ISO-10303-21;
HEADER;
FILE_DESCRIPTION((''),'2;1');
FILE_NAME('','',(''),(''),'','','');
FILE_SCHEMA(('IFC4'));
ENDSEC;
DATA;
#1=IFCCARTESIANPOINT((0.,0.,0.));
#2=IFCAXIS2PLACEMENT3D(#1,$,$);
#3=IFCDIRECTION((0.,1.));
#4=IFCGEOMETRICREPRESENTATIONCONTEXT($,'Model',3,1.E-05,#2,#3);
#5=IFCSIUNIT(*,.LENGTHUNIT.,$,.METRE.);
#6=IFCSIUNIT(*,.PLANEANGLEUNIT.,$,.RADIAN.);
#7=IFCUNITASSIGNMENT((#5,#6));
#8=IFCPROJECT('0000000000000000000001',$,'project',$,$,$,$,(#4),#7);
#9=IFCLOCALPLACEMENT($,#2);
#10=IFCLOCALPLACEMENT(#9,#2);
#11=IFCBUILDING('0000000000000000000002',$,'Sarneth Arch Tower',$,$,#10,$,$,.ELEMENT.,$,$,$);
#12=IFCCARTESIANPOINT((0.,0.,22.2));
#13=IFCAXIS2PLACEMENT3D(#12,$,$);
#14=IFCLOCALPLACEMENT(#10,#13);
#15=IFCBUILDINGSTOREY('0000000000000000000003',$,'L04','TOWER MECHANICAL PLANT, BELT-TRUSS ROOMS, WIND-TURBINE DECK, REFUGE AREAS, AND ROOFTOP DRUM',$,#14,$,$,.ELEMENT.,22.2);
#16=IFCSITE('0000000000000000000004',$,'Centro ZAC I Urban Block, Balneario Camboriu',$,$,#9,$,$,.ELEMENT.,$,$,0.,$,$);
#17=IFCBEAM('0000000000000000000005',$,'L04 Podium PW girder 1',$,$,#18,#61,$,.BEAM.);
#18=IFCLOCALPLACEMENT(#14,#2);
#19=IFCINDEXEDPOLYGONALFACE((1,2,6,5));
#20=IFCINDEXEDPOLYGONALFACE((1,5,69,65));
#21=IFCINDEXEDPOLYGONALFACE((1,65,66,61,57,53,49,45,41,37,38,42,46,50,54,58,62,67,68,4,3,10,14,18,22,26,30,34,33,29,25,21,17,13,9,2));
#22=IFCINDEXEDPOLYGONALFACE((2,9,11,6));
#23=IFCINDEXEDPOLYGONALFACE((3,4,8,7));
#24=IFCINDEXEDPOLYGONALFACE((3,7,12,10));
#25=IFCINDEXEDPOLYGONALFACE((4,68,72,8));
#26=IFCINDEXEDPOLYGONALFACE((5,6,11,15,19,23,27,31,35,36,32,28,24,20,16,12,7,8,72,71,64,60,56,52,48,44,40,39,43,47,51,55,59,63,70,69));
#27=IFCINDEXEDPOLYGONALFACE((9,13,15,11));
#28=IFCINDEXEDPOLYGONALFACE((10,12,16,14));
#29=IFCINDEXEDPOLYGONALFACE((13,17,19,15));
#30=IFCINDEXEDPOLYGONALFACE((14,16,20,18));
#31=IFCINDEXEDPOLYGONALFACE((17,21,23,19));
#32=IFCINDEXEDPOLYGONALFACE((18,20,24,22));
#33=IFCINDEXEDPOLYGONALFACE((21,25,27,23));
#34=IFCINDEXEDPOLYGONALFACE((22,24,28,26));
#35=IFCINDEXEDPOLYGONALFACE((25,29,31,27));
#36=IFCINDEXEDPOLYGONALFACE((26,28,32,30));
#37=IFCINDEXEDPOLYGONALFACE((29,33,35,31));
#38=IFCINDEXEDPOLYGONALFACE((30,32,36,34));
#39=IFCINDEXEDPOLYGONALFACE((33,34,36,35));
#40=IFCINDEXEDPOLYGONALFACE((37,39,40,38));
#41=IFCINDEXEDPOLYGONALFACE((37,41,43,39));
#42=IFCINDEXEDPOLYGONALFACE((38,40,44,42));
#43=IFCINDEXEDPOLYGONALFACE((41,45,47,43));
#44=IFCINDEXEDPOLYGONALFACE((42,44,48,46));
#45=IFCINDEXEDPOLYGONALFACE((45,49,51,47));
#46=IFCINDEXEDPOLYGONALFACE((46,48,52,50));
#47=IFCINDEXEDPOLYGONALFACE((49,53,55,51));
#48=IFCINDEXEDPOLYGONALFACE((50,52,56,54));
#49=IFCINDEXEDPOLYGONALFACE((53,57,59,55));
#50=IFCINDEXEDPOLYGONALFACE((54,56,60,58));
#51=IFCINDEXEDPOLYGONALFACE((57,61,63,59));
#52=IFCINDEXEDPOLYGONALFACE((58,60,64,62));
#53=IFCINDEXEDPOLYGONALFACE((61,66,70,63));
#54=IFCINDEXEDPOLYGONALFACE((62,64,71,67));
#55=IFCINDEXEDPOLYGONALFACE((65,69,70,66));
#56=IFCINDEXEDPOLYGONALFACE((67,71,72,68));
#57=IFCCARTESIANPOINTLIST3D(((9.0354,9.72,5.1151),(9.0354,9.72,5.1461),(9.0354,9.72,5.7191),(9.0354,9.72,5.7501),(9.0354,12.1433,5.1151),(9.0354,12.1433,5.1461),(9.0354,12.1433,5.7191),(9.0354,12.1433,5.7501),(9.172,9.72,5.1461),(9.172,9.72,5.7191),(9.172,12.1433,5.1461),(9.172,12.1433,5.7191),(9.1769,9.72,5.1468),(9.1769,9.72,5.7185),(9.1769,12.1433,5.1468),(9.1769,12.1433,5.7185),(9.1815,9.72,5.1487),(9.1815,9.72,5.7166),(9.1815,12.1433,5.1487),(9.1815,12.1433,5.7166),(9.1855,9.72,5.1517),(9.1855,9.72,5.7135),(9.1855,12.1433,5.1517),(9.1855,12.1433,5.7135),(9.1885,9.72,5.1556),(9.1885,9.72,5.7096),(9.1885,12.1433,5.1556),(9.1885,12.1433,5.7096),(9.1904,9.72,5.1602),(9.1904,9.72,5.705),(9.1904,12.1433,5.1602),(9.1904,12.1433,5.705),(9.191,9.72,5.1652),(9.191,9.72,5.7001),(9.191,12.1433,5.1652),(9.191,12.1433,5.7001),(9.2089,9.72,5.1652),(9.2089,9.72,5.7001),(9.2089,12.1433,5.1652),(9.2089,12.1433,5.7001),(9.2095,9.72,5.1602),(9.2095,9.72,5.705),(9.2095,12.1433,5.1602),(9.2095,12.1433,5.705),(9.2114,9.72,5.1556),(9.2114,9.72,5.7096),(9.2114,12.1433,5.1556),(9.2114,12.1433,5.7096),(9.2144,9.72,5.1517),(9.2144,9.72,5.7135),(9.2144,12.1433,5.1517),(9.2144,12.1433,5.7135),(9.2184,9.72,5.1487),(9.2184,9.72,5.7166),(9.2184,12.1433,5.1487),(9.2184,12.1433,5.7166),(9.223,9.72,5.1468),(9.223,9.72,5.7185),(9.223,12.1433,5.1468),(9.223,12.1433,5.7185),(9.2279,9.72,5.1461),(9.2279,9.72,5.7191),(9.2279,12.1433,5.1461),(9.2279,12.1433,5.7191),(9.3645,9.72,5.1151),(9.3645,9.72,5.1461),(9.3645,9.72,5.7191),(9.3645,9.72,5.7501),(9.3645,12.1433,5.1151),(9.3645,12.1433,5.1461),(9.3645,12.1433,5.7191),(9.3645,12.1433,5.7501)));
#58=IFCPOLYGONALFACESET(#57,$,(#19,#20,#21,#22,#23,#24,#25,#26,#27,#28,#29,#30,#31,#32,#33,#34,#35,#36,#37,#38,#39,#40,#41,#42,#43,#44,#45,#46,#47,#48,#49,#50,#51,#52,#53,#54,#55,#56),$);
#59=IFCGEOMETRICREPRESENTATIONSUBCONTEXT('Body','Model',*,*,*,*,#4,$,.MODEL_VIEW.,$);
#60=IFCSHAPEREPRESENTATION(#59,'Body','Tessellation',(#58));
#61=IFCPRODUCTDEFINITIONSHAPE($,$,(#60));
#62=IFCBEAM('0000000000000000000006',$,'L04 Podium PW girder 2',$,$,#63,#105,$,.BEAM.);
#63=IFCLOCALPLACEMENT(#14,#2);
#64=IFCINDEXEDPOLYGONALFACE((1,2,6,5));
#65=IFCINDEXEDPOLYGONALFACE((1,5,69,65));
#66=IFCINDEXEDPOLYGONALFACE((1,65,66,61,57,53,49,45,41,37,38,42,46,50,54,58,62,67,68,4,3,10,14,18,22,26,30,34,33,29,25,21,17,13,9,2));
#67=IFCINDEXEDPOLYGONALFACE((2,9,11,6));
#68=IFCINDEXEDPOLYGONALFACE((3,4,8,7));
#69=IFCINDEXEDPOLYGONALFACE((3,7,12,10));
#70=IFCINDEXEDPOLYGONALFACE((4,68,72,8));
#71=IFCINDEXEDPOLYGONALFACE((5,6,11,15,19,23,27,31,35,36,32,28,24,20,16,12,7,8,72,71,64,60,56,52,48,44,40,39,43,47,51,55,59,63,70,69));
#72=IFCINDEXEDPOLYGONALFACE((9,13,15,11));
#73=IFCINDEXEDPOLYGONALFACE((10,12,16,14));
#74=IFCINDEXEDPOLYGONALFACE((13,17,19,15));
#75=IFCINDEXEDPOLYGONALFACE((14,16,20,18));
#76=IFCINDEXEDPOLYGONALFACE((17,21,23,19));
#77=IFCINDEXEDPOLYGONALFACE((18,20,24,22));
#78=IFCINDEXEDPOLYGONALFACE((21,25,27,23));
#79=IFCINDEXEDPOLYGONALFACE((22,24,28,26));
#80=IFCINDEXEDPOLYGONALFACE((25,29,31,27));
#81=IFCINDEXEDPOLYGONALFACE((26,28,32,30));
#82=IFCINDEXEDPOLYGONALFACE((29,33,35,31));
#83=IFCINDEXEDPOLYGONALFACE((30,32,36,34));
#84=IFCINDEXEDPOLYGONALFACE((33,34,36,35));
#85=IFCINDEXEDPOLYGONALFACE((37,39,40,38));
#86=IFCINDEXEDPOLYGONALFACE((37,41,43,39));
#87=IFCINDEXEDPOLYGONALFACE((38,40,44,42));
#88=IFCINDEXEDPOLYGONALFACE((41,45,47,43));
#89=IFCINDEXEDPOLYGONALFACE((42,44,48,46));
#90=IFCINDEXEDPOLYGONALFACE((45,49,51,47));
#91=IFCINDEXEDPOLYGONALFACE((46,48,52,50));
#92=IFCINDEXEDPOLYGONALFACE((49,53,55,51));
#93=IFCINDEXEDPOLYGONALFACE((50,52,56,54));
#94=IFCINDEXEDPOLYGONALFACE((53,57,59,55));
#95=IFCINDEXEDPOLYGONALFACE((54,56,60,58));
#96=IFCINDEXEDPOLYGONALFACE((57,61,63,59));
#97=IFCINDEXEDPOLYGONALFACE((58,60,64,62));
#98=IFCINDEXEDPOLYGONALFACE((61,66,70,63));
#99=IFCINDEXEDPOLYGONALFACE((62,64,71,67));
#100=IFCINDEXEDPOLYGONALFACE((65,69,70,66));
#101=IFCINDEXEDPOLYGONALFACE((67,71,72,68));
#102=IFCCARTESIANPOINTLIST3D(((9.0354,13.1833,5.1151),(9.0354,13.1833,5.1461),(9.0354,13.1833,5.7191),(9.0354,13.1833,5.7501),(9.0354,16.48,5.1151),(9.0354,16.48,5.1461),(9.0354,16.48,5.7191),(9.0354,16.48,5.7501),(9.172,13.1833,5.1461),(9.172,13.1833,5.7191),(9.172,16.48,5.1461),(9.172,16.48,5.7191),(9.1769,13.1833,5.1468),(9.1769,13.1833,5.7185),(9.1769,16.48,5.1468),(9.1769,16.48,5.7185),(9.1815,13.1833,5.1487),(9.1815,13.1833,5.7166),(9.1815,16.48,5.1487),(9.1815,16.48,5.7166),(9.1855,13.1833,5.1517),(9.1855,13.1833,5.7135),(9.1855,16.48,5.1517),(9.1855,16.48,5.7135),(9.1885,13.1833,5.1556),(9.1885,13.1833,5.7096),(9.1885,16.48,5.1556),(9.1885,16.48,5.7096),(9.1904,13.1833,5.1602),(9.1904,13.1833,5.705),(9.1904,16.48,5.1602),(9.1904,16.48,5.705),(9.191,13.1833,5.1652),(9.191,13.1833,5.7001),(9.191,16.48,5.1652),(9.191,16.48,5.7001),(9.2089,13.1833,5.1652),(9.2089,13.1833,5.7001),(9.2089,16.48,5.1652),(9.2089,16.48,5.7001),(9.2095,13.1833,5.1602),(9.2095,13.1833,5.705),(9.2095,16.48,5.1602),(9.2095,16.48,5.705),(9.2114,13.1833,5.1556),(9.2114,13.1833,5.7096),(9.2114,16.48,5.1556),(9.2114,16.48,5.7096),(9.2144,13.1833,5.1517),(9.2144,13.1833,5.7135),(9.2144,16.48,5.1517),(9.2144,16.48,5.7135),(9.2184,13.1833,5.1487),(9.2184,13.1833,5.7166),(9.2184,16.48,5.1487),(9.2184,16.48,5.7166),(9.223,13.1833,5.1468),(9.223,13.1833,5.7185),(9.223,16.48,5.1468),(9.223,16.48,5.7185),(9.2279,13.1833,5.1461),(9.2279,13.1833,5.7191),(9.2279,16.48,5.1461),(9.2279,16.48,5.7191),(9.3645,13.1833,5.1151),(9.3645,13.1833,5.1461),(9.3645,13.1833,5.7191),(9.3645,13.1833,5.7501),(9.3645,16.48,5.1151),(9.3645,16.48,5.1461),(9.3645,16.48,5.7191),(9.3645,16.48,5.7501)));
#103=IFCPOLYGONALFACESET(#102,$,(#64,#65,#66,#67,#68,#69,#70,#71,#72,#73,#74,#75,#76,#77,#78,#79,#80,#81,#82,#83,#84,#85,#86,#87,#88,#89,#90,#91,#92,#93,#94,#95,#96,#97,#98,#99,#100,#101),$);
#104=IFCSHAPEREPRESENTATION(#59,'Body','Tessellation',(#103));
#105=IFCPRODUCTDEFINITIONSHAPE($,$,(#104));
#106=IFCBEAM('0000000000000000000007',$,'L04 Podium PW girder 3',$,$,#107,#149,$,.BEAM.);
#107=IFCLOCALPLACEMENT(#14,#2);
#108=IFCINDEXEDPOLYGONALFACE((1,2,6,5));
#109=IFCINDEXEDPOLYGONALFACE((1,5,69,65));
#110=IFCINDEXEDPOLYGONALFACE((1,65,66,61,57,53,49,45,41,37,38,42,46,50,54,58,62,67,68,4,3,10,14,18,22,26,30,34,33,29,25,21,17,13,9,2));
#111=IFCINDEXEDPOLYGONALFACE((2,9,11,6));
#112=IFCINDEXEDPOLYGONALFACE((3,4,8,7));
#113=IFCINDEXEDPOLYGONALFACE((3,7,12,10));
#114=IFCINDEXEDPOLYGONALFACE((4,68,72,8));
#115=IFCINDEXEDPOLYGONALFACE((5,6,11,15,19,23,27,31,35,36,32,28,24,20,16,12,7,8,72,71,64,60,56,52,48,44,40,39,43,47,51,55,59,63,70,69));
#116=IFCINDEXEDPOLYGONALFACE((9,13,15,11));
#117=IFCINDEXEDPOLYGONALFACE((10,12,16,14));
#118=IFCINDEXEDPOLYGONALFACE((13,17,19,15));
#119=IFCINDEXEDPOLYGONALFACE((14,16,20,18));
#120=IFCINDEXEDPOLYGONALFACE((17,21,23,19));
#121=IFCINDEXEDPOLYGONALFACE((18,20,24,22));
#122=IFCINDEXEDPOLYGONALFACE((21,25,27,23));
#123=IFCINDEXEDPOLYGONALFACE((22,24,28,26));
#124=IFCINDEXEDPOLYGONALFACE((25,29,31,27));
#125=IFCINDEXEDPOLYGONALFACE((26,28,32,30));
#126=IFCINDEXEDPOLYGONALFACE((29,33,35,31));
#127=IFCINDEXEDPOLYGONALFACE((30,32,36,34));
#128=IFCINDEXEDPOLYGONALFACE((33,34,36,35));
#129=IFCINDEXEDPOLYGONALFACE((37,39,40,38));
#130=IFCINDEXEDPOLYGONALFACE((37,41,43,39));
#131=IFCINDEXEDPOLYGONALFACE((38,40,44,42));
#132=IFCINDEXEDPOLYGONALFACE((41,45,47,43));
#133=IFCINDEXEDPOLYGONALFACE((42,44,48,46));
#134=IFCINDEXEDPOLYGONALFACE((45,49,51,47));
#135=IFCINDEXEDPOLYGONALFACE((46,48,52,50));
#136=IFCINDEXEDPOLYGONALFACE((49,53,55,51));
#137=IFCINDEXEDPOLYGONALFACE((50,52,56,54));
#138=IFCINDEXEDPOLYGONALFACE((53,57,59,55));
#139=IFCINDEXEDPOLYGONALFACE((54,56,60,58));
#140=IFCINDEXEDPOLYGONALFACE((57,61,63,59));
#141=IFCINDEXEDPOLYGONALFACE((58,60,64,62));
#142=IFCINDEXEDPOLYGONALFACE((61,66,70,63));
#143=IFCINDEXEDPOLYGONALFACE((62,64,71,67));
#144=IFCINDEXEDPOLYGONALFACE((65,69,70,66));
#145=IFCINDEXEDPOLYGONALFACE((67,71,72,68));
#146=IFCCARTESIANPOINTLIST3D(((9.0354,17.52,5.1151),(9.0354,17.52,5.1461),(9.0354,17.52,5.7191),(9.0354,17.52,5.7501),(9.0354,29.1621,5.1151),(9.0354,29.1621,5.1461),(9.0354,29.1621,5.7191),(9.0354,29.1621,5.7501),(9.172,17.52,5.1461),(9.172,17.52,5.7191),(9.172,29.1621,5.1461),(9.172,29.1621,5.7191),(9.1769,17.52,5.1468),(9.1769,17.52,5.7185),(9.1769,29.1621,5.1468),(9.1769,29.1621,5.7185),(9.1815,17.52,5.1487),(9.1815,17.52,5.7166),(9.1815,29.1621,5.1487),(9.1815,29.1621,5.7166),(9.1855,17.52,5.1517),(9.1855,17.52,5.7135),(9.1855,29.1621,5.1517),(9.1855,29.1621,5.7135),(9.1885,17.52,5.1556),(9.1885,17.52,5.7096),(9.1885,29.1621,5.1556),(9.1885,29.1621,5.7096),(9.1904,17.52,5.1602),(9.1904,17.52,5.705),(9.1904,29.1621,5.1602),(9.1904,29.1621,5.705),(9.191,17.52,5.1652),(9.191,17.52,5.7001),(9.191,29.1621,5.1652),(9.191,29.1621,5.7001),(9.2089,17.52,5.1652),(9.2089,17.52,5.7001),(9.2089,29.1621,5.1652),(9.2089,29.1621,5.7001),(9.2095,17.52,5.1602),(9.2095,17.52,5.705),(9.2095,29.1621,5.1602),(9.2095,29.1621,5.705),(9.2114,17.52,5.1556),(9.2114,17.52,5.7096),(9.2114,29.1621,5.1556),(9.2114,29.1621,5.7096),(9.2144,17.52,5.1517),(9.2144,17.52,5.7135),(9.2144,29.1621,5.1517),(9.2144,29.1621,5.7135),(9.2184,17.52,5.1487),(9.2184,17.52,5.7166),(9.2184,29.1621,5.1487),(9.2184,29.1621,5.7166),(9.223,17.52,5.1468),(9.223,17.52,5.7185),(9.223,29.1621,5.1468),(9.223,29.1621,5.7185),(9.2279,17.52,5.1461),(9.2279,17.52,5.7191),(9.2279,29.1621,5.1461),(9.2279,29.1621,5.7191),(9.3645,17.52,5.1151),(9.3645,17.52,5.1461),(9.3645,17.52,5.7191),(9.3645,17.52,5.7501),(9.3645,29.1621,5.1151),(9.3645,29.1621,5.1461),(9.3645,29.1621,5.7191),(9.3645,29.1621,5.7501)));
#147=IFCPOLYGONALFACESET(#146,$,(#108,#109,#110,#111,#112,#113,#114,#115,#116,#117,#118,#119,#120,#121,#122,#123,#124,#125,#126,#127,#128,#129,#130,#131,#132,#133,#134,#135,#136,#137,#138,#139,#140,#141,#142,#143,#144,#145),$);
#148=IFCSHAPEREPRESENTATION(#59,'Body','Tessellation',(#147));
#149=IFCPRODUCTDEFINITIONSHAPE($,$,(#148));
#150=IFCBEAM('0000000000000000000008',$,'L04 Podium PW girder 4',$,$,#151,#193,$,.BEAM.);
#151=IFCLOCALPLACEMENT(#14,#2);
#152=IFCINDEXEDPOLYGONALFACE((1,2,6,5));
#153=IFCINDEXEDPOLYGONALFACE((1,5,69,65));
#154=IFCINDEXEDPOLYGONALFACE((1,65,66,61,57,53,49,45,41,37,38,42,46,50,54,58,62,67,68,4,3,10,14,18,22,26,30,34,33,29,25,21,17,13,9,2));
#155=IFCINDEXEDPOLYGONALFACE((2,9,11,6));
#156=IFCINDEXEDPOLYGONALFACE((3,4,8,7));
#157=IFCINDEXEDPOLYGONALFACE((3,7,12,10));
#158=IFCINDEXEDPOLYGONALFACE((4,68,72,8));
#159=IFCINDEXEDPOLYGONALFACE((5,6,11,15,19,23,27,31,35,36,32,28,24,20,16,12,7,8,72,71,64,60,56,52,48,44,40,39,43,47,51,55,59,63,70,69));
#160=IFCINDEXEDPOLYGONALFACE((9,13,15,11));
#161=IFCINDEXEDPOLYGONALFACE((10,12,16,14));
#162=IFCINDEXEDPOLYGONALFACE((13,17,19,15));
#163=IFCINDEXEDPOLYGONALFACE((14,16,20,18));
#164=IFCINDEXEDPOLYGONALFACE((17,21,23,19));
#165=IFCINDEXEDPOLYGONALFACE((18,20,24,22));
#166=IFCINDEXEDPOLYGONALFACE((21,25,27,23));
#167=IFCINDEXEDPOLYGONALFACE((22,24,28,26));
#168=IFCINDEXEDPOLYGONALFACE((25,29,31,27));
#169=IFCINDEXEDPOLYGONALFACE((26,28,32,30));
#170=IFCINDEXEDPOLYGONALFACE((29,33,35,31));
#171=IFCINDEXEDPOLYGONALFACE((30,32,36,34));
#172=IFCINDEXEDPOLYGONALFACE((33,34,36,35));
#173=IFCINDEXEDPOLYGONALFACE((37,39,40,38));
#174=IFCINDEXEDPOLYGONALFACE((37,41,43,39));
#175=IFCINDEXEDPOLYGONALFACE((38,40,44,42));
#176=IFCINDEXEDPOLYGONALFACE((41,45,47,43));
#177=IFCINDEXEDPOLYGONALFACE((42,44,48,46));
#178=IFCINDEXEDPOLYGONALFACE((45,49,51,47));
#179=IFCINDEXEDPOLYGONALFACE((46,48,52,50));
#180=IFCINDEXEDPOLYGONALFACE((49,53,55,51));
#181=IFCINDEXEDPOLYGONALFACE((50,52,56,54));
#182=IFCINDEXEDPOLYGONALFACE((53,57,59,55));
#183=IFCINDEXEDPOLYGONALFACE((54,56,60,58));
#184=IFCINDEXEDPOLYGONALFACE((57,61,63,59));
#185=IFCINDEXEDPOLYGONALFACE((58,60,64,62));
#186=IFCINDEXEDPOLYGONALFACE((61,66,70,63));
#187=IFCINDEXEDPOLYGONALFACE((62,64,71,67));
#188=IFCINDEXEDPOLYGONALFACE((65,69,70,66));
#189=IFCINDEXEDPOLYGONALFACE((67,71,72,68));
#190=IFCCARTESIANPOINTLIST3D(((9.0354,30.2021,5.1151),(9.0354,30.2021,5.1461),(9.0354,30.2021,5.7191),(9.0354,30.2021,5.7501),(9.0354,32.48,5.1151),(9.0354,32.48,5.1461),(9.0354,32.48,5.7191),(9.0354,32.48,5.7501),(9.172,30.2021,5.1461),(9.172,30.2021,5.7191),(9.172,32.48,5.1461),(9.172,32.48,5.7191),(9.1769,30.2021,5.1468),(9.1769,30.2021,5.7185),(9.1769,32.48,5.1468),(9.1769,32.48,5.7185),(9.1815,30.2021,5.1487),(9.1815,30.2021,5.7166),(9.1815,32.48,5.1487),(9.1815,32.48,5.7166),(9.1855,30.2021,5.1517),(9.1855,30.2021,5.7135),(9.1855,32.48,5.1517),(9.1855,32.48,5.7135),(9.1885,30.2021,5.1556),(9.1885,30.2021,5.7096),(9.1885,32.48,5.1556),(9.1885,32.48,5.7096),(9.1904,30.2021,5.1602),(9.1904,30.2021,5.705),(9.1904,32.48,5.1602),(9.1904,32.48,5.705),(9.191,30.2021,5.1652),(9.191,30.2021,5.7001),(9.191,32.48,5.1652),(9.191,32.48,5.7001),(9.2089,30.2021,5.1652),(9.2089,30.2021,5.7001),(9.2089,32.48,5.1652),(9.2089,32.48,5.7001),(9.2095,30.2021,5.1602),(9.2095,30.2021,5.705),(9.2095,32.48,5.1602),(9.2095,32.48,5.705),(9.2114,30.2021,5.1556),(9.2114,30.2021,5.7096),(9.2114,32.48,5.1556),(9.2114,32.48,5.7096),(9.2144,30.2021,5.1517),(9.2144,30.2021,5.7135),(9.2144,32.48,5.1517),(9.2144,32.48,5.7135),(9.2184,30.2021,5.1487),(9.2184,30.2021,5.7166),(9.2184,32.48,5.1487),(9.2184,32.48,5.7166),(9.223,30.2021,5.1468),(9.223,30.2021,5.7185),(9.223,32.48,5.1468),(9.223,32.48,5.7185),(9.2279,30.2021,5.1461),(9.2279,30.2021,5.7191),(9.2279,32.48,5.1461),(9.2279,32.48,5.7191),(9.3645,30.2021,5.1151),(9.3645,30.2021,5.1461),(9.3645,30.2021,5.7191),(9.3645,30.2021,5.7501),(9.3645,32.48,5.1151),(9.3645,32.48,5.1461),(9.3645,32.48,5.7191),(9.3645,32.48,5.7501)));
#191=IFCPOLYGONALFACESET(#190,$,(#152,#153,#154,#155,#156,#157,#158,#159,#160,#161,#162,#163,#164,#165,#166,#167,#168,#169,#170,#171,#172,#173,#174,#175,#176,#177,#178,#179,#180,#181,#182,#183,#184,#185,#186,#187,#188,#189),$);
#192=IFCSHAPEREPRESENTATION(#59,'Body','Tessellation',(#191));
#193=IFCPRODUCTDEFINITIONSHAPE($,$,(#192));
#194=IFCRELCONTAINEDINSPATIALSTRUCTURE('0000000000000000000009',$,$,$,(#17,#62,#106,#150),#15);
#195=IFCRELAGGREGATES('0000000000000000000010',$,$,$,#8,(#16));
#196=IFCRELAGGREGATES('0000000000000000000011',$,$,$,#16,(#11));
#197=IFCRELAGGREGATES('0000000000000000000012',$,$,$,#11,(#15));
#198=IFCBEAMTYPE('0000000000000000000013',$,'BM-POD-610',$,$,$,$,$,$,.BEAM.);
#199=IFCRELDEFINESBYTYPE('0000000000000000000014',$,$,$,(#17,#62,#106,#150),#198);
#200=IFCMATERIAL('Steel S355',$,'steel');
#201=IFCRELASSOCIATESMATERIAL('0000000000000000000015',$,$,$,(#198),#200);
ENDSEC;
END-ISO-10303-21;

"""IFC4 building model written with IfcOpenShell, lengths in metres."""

from ifc_helpers import new_model, si_unit, direction, frame, origin, origin_2d, place, context, subcontext, project, spatial, i_section, extrude, material, material_profile, profile_set, type_object, element, save


model = new_model("IFC4")

# Units and contexts
model_context = context("Model", 3, precision=1e-05, world=origin(), true_north=direction((0.0, 1.0)))
body_context = subcontext(model_context, "Body", "Model", "MODEL_VIEW")
ifc_project = project(units=[si_unit("LENGTHUNIT", "METRE"), si_unit("PLANEANGLEUNIT", "RADIAN")], contexts=[model_context])

# Site, building, storey
site_placement = place(None, origin())
site = spatial("IfcSite", under=ifc_project, at=site_placement, Name="Centro ZAC I Urban Block, Balneario Camboriu", CompositionType="ELEMENT", RefElevation=0.0)
building_placement = place(site_placement, origin())
building = spatial("IfcBuilding", under=site, at=building_placement, Name="Sarneth Arch Tower", CompositionType="ELEMENT")
storey_placement = place(building_placement, frame((0.0, 0.0, 22.2)))
storey = spatial("IfcBuildingStorey", under=building, at=storey_placement, Name="L04", Description="TOWER MECHANICAL PLANT, BELT-TRUSS ROOMS, WIND-TURBINE DECK, REFUGE AREAS, AND ROOFTOP DRUM", CompositionType="ELEMENT", Elevation=22.2)

# Beams
ifc_material_1 = material(Name="Steel S355", Category="steel")
ifc_material_profile_1 = material_profile(ifc_material_1, i_section(OverallWidth=0.3291, OverallDepth=0.635, WebThickness=0.0178, FlangeThickness=0.031, FilletRadius=0.019, at=origin_2d()), Name="W610x241")
ifc_profile_set_1 = profile_set([ifc_material_profile_1], Name="Steel S355")
beam_type_1 = type_object("IfcBeamType", Name="BM-POD-610", PredefinedType="BEAM", material=ifc_profile_set_1)
beam_1_placement = place(storey_placement, frame((9.2, 9.72, 5.4326), z_axis=(0.0, 1.0, 0.0), x_axis=(-1.0, 0.0, 0.0)))
element("IfcBeam", 1, at=beam_1_placement, inside=storey, type_object=beam_type_1, Name="L04 Podium PW girder 1", PredefinedType="BEAM", context=body_context, shape_type="SweptSolid", body=[
    extrude(i_section(OverallWidth=0.3291, OverallDepth=0.635, WebThickness=0.0178, FlangeThickness=0.031, FilletRadius=0.019, at=origin_2d()), origin(), (0.0, 0.0, 1.0), 2.4233),
])
beam_2_placement = place(storey_placement, frame((9.2, 13.1833, 5.4326), z_axis=(0.0, 1.0, 0.0), x_axis=(-1.0, 0.0, 0.0)))
element("IfcBeam", 2, at=beam_2_placement, inside=storey, type_object=beam_type_1, Name="L04 Podium PW girder 2", PredefinedType="BEAM", context=body_context, shape_type="SweptSolid", body=[
    extrude(i_section(OverallWidth=0.3291, OverallDepth=0.635, WebThickness=0.0178, FlangeThickness=0.031, FilletRadius=0.019, at=origin_2d()), origin(), (0.0, 0.0, 1.0), 3.2966),
])
beam_3_placement = place(storey_placement, frame((9.2, 17.52, 5.4326), z_axis=(0.0, 1.0, 0.0), x_axis=(-1.0, 0.0, 0.0)))
element("IfcBeam", 3, at=beam_3_placement, inside=storey, type_object=beam_type_1, Name="L04 Podium PW girder 3", PredefinedType="BEAM", context=body_context, shape_type="SweptSolid", body=[
    extrude(i_section(OverallWidth=0.3291, OverallDepth=0.635, WebThickness=0.0178, FlangeThickness=0.031, FilletRadius=0.019, at=origin_2d()), origin(), (0.0, 0.0, 1.0), 11.6421),
])
beam_4_placement = place(storey_placement, frame((9.2, 30.2021, 5.4326), z_axis=(0.0, 1.0, 0.0), x_axis=(-1.0, 0.0, 0.0)))
element("IfcBeam", 4, at=beam_4_placement, inside=storey, type_object=beam_type_1, Name="L04 Podium PW girder 4", PredefinedType="BEAM", context=body_context, shape_type="SweptSolid", body=[
    extrude(i_section(OverallWidth=0.3291, OverallDepth=0.635, WebThickness=0.0178, FlangeThickness=0.031, FilletRadius=0.019, at=origin_2d()), origin(), (0.0, 0.0, 1.0), 2.2778),
])

save(model, "model.ifc")
